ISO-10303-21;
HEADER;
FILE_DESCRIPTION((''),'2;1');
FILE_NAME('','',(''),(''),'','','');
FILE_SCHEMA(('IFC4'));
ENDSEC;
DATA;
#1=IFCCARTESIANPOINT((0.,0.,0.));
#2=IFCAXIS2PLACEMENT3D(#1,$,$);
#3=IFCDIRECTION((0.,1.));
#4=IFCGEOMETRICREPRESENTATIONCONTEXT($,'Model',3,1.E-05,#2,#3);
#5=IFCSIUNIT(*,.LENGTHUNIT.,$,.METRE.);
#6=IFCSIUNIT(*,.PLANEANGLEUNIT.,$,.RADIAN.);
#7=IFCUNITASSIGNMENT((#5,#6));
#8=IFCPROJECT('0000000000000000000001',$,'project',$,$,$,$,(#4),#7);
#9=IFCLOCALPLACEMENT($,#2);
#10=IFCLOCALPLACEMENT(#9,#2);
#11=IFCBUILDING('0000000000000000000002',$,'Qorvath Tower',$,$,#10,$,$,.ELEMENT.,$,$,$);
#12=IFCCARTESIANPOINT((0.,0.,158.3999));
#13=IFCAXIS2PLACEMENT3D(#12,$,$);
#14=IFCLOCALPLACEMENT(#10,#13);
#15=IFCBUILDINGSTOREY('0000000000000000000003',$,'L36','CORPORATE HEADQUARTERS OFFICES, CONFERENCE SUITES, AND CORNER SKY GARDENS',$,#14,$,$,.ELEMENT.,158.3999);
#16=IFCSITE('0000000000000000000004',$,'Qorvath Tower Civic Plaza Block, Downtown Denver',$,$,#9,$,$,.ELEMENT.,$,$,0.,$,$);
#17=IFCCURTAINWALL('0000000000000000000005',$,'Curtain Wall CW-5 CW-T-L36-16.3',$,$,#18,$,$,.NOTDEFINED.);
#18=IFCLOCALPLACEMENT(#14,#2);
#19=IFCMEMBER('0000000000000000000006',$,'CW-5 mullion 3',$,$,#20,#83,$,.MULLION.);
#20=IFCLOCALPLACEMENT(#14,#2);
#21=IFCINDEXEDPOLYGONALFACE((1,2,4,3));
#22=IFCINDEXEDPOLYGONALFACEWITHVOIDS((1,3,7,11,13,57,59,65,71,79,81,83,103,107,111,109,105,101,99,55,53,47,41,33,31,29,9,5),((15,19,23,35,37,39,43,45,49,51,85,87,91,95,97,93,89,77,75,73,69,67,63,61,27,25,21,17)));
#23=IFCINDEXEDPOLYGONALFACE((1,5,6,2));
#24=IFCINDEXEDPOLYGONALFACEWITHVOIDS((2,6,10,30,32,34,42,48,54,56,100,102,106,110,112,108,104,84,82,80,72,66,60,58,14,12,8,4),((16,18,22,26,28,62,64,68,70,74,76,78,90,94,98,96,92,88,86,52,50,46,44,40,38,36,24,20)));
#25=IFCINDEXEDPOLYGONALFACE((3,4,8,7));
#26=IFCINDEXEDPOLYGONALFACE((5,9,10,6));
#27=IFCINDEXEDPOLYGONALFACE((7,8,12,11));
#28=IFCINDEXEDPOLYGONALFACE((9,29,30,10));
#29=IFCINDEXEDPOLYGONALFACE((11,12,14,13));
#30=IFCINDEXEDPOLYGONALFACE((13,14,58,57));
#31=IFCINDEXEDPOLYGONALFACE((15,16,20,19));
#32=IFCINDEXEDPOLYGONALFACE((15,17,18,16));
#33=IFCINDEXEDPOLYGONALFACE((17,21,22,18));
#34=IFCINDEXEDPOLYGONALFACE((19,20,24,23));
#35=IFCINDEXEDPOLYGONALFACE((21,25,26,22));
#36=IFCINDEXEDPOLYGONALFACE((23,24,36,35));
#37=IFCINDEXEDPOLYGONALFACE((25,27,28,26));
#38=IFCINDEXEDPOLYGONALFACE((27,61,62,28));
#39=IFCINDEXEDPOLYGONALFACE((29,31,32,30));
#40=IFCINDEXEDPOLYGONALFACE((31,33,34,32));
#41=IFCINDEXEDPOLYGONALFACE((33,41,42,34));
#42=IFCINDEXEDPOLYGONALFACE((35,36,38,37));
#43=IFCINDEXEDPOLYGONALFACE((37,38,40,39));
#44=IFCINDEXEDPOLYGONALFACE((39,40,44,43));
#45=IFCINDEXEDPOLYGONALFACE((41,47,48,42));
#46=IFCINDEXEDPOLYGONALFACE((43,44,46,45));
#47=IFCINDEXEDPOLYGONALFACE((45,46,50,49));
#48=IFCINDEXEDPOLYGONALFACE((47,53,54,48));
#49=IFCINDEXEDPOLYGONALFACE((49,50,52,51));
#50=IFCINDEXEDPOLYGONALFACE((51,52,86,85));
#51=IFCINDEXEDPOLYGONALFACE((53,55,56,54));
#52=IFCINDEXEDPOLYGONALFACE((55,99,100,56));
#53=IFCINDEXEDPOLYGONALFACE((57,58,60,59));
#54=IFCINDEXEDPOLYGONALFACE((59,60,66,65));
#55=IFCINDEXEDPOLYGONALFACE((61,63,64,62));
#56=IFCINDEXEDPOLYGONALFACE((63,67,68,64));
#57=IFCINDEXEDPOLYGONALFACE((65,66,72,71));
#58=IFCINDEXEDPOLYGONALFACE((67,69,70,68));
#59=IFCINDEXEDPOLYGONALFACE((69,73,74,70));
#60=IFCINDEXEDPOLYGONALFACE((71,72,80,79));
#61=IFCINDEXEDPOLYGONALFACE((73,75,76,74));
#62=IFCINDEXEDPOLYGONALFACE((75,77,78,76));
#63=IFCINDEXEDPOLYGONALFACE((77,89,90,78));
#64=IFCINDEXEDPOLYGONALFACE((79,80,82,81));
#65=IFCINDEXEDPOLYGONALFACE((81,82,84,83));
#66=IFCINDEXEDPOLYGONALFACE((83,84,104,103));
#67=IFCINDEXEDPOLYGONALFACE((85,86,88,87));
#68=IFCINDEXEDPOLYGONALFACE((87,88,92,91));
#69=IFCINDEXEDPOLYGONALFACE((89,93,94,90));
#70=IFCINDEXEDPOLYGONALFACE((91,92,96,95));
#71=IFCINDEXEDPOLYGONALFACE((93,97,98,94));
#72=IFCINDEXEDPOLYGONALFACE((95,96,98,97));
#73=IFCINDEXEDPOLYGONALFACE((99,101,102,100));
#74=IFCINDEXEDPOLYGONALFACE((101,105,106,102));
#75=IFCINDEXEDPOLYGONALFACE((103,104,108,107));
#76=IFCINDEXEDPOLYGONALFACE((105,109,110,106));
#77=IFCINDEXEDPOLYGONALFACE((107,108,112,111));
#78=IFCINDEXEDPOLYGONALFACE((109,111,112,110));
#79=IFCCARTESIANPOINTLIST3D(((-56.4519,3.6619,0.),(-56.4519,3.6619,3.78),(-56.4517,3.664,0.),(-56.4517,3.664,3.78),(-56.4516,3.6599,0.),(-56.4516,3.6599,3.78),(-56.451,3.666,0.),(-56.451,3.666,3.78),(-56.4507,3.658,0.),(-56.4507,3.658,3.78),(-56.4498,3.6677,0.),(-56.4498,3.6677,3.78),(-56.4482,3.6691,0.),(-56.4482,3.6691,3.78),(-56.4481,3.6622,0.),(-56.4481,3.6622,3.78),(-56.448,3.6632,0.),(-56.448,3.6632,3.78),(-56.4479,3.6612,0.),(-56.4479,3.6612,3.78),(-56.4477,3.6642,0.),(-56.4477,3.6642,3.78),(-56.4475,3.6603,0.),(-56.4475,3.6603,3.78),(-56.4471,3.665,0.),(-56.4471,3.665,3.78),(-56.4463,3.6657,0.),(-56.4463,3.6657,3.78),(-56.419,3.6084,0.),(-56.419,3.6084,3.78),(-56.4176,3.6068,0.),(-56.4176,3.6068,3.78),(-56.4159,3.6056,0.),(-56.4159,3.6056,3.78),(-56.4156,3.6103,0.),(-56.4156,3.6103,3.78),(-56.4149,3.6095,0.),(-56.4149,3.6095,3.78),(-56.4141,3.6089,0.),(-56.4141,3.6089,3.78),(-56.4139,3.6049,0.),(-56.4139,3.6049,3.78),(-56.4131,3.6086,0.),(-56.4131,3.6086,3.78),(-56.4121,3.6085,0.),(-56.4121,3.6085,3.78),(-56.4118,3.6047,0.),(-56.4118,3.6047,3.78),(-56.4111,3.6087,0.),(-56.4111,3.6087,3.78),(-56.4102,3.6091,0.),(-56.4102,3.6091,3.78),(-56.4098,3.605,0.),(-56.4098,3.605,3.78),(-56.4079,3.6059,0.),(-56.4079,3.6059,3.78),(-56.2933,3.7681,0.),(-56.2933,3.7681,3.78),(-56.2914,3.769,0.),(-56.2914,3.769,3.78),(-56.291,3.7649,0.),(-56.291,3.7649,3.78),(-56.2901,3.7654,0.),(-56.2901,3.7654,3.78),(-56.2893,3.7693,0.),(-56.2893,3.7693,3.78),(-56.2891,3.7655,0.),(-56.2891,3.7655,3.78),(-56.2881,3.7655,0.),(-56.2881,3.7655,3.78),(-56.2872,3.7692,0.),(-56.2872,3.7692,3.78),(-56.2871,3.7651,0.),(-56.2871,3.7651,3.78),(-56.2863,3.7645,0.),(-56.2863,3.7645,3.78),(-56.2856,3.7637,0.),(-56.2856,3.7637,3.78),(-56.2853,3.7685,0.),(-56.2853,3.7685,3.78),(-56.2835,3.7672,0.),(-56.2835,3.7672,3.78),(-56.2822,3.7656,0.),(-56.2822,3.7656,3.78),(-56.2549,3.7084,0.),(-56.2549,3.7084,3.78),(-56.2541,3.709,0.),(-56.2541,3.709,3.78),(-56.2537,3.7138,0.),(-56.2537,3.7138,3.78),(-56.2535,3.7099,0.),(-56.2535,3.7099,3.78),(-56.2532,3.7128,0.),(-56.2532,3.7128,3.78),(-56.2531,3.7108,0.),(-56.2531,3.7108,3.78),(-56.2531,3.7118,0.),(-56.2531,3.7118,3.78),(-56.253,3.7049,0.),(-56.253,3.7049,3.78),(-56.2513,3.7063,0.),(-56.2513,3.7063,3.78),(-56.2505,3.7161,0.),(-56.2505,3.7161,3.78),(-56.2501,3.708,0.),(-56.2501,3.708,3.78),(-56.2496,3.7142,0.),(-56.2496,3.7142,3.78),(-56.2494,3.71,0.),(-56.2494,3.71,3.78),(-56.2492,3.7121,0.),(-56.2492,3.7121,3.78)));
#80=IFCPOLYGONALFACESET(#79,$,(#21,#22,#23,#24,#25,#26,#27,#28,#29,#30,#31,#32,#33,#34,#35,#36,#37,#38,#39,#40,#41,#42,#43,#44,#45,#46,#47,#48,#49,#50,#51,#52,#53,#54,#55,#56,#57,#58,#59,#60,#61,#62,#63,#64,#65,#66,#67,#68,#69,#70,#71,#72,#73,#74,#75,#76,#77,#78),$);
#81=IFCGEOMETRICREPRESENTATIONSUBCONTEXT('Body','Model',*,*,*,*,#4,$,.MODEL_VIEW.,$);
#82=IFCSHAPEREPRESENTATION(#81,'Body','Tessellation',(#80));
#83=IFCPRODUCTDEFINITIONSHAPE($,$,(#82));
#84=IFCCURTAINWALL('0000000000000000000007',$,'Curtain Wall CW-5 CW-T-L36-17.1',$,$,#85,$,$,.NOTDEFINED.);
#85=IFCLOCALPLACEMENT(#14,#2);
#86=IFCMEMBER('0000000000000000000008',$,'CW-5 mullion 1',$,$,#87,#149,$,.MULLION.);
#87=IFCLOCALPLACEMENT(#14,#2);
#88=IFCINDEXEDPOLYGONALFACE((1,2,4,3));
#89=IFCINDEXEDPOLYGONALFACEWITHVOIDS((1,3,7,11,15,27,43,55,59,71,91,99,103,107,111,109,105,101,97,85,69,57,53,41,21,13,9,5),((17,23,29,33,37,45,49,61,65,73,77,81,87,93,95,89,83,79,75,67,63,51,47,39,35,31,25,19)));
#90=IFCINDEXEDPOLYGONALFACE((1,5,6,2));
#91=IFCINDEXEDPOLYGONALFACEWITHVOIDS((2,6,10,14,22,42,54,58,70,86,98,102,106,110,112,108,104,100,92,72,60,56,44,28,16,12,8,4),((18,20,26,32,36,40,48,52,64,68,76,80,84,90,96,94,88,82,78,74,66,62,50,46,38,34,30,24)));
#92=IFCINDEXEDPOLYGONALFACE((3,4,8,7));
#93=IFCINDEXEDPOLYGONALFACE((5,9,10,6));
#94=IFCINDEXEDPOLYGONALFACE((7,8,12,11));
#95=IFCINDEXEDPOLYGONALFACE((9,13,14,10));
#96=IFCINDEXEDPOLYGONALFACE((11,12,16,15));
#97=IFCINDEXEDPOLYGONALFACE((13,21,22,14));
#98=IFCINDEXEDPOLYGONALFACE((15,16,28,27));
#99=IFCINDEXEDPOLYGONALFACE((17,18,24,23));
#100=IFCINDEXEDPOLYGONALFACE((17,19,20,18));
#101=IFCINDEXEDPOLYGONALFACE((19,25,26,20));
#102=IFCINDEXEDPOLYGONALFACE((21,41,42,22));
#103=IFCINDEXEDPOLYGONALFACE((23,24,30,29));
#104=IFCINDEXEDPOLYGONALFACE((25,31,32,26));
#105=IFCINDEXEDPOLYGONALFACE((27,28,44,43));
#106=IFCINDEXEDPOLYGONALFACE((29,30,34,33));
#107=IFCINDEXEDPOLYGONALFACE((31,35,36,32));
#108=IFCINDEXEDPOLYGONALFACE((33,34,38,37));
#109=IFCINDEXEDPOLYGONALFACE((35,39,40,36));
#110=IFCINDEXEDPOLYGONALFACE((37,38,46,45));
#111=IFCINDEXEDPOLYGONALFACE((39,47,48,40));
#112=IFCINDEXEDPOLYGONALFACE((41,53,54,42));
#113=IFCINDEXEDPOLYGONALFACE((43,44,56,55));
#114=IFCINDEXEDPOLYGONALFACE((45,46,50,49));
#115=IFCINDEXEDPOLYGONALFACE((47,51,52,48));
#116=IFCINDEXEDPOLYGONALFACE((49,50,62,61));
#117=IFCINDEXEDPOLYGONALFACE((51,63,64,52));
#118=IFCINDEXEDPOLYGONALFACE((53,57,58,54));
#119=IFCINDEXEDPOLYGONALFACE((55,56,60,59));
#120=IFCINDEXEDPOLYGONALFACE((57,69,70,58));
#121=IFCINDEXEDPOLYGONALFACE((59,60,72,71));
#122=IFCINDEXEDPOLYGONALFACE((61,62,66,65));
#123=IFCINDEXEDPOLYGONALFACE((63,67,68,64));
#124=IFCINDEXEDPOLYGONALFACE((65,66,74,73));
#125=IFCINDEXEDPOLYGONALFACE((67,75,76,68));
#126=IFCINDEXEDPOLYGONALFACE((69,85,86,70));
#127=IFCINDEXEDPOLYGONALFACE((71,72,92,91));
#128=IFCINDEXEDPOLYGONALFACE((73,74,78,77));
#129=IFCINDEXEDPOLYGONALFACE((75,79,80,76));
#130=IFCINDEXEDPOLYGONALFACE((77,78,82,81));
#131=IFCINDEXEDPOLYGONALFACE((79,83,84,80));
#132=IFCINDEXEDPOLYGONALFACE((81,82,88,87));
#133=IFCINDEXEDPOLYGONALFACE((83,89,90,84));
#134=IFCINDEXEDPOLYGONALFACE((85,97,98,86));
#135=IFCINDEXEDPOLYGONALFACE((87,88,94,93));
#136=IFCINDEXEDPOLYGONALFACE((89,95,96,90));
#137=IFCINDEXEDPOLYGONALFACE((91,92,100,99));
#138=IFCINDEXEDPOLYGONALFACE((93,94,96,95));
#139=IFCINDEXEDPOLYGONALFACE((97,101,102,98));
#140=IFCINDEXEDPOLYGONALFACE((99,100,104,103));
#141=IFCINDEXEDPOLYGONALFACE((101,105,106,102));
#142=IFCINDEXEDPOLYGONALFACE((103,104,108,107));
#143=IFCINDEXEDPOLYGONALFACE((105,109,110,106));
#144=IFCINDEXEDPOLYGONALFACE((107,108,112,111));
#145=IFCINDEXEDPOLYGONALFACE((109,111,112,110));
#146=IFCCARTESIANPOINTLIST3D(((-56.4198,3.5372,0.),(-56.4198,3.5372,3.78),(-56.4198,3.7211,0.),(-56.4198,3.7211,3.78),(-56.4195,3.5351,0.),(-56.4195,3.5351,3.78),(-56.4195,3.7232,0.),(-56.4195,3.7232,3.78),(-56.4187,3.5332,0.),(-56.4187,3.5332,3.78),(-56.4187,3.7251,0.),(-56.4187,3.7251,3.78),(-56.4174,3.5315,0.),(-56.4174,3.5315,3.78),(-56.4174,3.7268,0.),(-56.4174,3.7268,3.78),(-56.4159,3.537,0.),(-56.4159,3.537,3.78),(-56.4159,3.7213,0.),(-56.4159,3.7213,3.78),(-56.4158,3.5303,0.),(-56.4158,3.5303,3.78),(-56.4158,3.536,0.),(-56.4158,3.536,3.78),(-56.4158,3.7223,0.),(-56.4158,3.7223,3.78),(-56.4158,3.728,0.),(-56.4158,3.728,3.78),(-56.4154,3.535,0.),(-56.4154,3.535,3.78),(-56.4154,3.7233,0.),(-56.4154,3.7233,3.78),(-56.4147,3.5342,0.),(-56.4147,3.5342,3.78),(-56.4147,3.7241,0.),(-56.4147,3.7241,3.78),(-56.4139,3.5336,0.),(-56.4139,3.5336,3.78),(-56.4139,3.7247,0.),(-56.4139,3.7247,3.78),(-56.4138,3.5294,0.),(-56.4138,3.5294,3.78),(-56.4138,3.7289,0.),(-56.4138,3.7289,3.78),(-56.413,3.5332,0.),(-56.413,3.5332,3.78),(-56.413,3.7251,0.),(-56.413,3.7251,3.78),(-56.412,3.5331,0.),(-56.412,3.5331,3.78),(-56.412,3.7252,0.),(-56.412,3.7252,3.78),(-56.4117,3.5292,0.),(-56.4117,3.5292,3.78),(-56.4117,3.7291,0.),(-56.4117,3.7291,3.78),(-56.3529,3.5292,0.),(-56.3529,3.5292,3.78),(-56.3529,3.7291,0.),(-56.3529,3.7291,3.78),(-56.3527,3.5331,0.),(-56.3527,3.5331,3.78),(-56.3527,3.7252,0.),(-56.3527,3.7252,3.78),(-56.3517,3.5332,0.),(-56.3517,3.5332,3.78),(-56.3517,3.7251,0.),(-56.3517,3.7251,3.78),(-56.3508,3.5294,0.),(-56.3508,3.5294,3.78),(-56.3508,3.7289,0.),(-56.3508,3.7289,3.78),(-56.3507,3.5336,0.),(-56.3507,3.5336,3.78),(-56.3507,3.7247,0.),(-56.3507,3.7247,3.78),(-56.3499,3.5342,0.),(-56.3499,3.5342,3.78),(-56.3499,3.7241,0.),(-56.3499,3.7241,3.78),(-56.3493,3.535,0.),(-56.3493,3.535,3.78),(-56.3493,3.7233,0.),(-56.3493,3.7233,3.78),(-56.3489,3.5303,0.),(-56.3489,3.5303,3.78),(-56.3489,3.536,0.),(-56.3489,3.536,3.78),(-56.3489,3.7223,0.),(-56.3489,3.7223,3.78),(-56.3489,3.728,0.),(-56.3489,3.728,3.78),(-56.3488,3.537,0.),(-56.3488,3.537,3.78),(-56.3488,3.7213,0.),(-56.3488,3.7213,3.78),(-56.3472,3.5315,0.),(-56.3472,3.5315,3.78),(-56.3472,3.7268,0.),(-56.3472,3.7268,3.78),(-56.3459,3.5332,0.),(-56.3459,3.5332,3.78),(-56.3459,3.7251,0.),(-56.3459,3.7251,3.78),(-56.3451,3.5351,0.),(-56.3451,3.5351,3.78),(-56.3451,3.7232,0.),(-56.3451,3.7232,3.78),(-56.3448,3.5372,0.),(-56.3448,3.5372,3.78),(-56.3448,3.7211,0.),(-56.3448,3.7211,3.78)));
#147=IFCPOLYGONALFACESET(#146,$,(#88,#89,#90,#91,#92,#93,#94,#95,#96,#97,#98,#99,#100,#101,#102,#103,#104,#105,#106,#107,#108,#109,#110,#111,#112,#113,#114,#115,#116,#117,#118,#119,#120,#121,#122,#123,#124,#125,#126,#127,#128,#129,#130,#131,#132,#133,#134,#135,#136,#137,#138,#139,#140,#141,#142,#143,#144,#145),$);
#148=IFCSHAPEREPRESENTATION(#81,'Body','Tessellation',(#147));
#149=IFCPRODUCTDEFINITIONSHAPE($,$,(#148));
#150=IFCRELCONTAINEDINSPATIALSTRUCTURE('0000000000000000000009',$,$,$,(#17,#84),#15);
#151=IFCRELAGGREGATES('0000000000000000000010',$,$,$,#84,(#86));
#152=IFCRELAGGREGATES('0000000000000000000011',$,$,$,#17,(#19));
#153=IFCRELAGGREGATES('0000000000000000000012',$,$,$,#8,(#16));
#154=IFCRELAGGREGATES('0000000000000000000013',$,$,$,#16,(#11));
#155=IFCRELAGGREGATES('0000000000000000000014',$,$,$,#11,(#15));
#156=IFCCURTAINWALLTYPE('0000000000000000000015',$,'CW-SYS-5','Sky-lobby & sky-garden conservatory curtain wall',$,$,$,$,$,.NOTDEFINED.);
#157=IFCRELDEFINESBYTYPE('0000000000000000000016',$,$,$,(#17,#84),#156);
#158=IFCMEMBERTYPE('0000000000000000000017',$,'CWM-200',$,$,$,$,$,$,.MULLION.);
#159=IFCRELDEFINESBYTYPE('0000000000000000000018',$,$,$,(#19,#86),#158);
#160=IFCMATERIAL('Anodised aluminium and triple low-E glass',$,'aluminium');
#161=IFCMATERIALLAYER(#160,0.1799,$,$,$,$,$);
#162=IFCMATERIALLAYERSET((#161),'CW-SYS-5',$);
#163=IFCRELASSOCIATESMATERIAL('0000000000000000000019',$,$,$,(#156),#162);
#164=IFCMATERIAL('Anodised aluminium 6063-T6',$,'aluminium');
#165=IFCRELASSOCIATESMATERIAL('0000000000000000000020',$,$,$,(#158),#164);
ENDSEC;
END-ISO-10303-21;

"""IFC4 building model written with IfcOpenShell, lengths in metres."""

from ifc_helpers import new_model, si_unit, direction, frame, origin, origin_2d, place, context, subcontext, project, spatial, hollow_rectangle, extrude, material, layer, layer_set, material_profile, profile_set, type_object, element, aggregate, save


model = new_model("IFC4")

# Units and contexts
model_context = context("Model", 3, precision=1e-05, world=origin(), true_north=direction((0.0, 1.0)))
body_context = subcontext(model_context, "Body", "Model", "MODEL_VIEW")
ifc_project = project(units=[si_unit("LENGTHUNIT", "METRE"), si_unit("PLANEANGLEUNIT", "RADIAN")], contexts=[model_context])

# Site, building, storey
site_placement = place(None, origin())
site = spatial("IfcSite", under=ifc_project, at=site_placement, Name="Qorvath Tower Civic Plaza Block, Downtown Denver", CompositionType="ELEMENT", RefElevation=0.0)
building_placement = place(site_placement, origin())
building = spatial("IfcBuilding", under=site, at=building_placement, Name="Qorvath Tower", CompositionType="ELEMENT")
storey_placement = place(building_placement, frame((0.0, 0.0, 158.3999)))
storey = spatial("IfcBuildingStorey", under=building, at=storey_placement, Name="L36", Description="CORPORATE HEADQUARTERS OFFICES, CONFERENCE SUITES, AND CORNER SKY GARDENS", CompositionType="ELEMENT", Elevation=158.3999)

# Curtain wall, member
ifc_material_1 = material(Name="Anodised aluminium and triple low-E glass", Category="aluminium")
ifc_layer_1 = layer(ifc_material_1, 0.1799)
ifc_layer_set_1 = layer_set([ifc_layer_1], Name="CW-SYS-5")
curtain_wall_type = type_object("IfcCurtainWallType", Name="CW-SYS-5", Description="Sky-lobby & sky-garden conservatory curtain wall", PredefinedType="NOTDEFINED", material=ifc_layer_set_1)
ifc_material_2 = material(Name="Anodised aluminium 6063-T6", Category="aluminium")
ifc_material_profile_1 = material_profile(ifc_material_2, hollow_rectangle(XDim=0.075, YDim=0.2, WallThickness=0.0039, InnerFilletRadius=0.0039, OuterFilletRadius=0.0081, at=origin_2d()), Name="CWM 200x75")
ifc_profile_set_1 = profile_set([ifc_material_profile_1], Name="Anodised aluminium 6063-T6")
member_type_1 = type_object("IfcMemberType", Name="CWM-200", PredefinedType="MULLION", material=ifc_profile_set_1)
curtain_wall_1_placement = place(storey_placement, origin())
curtain_wall_1 = element("IfcCurtainWall", 1, at=curtain_wall_1_placement, inside=storey, type_object=curtain_wall_type, Name="Curtain Wall CW-5 CW-T-L36-16.3", PredefinedType="NOTDEFINED")
member_1_placement = place(storey_placement, frame((-56.3506, 3.687, 0.0), z_axis=(0.0, 0.0, 1.0), x_axis=(0.538529, -0.842607, 0.0)))
member_1 = element("IfcMember", 2, at=member_1_placement, type_object=member_type_1, Name="CW-5 mullion 3", PredefinedType="MULLION", context=body_context, shape_type="SweptSolid", body=[
    extrude(hollow_rectangle(XDim=0.075, YDim=0.2, WallThickness=0.0039, InnerFilletRadius=0.0039, OuterFilletRadius=0.0081, at=origin_2d()), origin(), (0.0, 0.0, 1.0), 3.78),
])

# Curtain wall, member
curtain_wall_2_placement = place(storey_placement, origin())
curtain_wall_2 = element("IfcCurtainWall", 3, at=curtain_wall_2_placement, inside=storey, type_object=curtain_wall_type, Name="Curtain Wall CW-5 CW-T-L36-17.1", PredefinedType="NOTDEFINED")
member_2_placement = place(storey_placement, frame((-56.3823, 3.6292, 0.0), z_axis=(0.0, 0.0, 1.0), x_axis=(1.0, 0.0, 0.0)))
member_2 = element("IfcMember", 4, at=member_2_placement, type_object=member_type_1, Name="CW-5 mullion 1", PredefinedType="MULLION", context=body_context, shape_type="SweptSolid", body=[
    extrude(hollow_rectangle(XDim=0.075, YDim=0.2, WallThickness=0.0039, InnerFilletRadius=0.0039, OuterFilletRadius=0.0081, at=origin_2d()), origin(), (0.0, 0.0, 1.0), 3.78),
])

aggregate(curtain_wall_2, [member_2])

aggregate(curtain_wall_1, [member_1])

save(model, "model.ifc")
